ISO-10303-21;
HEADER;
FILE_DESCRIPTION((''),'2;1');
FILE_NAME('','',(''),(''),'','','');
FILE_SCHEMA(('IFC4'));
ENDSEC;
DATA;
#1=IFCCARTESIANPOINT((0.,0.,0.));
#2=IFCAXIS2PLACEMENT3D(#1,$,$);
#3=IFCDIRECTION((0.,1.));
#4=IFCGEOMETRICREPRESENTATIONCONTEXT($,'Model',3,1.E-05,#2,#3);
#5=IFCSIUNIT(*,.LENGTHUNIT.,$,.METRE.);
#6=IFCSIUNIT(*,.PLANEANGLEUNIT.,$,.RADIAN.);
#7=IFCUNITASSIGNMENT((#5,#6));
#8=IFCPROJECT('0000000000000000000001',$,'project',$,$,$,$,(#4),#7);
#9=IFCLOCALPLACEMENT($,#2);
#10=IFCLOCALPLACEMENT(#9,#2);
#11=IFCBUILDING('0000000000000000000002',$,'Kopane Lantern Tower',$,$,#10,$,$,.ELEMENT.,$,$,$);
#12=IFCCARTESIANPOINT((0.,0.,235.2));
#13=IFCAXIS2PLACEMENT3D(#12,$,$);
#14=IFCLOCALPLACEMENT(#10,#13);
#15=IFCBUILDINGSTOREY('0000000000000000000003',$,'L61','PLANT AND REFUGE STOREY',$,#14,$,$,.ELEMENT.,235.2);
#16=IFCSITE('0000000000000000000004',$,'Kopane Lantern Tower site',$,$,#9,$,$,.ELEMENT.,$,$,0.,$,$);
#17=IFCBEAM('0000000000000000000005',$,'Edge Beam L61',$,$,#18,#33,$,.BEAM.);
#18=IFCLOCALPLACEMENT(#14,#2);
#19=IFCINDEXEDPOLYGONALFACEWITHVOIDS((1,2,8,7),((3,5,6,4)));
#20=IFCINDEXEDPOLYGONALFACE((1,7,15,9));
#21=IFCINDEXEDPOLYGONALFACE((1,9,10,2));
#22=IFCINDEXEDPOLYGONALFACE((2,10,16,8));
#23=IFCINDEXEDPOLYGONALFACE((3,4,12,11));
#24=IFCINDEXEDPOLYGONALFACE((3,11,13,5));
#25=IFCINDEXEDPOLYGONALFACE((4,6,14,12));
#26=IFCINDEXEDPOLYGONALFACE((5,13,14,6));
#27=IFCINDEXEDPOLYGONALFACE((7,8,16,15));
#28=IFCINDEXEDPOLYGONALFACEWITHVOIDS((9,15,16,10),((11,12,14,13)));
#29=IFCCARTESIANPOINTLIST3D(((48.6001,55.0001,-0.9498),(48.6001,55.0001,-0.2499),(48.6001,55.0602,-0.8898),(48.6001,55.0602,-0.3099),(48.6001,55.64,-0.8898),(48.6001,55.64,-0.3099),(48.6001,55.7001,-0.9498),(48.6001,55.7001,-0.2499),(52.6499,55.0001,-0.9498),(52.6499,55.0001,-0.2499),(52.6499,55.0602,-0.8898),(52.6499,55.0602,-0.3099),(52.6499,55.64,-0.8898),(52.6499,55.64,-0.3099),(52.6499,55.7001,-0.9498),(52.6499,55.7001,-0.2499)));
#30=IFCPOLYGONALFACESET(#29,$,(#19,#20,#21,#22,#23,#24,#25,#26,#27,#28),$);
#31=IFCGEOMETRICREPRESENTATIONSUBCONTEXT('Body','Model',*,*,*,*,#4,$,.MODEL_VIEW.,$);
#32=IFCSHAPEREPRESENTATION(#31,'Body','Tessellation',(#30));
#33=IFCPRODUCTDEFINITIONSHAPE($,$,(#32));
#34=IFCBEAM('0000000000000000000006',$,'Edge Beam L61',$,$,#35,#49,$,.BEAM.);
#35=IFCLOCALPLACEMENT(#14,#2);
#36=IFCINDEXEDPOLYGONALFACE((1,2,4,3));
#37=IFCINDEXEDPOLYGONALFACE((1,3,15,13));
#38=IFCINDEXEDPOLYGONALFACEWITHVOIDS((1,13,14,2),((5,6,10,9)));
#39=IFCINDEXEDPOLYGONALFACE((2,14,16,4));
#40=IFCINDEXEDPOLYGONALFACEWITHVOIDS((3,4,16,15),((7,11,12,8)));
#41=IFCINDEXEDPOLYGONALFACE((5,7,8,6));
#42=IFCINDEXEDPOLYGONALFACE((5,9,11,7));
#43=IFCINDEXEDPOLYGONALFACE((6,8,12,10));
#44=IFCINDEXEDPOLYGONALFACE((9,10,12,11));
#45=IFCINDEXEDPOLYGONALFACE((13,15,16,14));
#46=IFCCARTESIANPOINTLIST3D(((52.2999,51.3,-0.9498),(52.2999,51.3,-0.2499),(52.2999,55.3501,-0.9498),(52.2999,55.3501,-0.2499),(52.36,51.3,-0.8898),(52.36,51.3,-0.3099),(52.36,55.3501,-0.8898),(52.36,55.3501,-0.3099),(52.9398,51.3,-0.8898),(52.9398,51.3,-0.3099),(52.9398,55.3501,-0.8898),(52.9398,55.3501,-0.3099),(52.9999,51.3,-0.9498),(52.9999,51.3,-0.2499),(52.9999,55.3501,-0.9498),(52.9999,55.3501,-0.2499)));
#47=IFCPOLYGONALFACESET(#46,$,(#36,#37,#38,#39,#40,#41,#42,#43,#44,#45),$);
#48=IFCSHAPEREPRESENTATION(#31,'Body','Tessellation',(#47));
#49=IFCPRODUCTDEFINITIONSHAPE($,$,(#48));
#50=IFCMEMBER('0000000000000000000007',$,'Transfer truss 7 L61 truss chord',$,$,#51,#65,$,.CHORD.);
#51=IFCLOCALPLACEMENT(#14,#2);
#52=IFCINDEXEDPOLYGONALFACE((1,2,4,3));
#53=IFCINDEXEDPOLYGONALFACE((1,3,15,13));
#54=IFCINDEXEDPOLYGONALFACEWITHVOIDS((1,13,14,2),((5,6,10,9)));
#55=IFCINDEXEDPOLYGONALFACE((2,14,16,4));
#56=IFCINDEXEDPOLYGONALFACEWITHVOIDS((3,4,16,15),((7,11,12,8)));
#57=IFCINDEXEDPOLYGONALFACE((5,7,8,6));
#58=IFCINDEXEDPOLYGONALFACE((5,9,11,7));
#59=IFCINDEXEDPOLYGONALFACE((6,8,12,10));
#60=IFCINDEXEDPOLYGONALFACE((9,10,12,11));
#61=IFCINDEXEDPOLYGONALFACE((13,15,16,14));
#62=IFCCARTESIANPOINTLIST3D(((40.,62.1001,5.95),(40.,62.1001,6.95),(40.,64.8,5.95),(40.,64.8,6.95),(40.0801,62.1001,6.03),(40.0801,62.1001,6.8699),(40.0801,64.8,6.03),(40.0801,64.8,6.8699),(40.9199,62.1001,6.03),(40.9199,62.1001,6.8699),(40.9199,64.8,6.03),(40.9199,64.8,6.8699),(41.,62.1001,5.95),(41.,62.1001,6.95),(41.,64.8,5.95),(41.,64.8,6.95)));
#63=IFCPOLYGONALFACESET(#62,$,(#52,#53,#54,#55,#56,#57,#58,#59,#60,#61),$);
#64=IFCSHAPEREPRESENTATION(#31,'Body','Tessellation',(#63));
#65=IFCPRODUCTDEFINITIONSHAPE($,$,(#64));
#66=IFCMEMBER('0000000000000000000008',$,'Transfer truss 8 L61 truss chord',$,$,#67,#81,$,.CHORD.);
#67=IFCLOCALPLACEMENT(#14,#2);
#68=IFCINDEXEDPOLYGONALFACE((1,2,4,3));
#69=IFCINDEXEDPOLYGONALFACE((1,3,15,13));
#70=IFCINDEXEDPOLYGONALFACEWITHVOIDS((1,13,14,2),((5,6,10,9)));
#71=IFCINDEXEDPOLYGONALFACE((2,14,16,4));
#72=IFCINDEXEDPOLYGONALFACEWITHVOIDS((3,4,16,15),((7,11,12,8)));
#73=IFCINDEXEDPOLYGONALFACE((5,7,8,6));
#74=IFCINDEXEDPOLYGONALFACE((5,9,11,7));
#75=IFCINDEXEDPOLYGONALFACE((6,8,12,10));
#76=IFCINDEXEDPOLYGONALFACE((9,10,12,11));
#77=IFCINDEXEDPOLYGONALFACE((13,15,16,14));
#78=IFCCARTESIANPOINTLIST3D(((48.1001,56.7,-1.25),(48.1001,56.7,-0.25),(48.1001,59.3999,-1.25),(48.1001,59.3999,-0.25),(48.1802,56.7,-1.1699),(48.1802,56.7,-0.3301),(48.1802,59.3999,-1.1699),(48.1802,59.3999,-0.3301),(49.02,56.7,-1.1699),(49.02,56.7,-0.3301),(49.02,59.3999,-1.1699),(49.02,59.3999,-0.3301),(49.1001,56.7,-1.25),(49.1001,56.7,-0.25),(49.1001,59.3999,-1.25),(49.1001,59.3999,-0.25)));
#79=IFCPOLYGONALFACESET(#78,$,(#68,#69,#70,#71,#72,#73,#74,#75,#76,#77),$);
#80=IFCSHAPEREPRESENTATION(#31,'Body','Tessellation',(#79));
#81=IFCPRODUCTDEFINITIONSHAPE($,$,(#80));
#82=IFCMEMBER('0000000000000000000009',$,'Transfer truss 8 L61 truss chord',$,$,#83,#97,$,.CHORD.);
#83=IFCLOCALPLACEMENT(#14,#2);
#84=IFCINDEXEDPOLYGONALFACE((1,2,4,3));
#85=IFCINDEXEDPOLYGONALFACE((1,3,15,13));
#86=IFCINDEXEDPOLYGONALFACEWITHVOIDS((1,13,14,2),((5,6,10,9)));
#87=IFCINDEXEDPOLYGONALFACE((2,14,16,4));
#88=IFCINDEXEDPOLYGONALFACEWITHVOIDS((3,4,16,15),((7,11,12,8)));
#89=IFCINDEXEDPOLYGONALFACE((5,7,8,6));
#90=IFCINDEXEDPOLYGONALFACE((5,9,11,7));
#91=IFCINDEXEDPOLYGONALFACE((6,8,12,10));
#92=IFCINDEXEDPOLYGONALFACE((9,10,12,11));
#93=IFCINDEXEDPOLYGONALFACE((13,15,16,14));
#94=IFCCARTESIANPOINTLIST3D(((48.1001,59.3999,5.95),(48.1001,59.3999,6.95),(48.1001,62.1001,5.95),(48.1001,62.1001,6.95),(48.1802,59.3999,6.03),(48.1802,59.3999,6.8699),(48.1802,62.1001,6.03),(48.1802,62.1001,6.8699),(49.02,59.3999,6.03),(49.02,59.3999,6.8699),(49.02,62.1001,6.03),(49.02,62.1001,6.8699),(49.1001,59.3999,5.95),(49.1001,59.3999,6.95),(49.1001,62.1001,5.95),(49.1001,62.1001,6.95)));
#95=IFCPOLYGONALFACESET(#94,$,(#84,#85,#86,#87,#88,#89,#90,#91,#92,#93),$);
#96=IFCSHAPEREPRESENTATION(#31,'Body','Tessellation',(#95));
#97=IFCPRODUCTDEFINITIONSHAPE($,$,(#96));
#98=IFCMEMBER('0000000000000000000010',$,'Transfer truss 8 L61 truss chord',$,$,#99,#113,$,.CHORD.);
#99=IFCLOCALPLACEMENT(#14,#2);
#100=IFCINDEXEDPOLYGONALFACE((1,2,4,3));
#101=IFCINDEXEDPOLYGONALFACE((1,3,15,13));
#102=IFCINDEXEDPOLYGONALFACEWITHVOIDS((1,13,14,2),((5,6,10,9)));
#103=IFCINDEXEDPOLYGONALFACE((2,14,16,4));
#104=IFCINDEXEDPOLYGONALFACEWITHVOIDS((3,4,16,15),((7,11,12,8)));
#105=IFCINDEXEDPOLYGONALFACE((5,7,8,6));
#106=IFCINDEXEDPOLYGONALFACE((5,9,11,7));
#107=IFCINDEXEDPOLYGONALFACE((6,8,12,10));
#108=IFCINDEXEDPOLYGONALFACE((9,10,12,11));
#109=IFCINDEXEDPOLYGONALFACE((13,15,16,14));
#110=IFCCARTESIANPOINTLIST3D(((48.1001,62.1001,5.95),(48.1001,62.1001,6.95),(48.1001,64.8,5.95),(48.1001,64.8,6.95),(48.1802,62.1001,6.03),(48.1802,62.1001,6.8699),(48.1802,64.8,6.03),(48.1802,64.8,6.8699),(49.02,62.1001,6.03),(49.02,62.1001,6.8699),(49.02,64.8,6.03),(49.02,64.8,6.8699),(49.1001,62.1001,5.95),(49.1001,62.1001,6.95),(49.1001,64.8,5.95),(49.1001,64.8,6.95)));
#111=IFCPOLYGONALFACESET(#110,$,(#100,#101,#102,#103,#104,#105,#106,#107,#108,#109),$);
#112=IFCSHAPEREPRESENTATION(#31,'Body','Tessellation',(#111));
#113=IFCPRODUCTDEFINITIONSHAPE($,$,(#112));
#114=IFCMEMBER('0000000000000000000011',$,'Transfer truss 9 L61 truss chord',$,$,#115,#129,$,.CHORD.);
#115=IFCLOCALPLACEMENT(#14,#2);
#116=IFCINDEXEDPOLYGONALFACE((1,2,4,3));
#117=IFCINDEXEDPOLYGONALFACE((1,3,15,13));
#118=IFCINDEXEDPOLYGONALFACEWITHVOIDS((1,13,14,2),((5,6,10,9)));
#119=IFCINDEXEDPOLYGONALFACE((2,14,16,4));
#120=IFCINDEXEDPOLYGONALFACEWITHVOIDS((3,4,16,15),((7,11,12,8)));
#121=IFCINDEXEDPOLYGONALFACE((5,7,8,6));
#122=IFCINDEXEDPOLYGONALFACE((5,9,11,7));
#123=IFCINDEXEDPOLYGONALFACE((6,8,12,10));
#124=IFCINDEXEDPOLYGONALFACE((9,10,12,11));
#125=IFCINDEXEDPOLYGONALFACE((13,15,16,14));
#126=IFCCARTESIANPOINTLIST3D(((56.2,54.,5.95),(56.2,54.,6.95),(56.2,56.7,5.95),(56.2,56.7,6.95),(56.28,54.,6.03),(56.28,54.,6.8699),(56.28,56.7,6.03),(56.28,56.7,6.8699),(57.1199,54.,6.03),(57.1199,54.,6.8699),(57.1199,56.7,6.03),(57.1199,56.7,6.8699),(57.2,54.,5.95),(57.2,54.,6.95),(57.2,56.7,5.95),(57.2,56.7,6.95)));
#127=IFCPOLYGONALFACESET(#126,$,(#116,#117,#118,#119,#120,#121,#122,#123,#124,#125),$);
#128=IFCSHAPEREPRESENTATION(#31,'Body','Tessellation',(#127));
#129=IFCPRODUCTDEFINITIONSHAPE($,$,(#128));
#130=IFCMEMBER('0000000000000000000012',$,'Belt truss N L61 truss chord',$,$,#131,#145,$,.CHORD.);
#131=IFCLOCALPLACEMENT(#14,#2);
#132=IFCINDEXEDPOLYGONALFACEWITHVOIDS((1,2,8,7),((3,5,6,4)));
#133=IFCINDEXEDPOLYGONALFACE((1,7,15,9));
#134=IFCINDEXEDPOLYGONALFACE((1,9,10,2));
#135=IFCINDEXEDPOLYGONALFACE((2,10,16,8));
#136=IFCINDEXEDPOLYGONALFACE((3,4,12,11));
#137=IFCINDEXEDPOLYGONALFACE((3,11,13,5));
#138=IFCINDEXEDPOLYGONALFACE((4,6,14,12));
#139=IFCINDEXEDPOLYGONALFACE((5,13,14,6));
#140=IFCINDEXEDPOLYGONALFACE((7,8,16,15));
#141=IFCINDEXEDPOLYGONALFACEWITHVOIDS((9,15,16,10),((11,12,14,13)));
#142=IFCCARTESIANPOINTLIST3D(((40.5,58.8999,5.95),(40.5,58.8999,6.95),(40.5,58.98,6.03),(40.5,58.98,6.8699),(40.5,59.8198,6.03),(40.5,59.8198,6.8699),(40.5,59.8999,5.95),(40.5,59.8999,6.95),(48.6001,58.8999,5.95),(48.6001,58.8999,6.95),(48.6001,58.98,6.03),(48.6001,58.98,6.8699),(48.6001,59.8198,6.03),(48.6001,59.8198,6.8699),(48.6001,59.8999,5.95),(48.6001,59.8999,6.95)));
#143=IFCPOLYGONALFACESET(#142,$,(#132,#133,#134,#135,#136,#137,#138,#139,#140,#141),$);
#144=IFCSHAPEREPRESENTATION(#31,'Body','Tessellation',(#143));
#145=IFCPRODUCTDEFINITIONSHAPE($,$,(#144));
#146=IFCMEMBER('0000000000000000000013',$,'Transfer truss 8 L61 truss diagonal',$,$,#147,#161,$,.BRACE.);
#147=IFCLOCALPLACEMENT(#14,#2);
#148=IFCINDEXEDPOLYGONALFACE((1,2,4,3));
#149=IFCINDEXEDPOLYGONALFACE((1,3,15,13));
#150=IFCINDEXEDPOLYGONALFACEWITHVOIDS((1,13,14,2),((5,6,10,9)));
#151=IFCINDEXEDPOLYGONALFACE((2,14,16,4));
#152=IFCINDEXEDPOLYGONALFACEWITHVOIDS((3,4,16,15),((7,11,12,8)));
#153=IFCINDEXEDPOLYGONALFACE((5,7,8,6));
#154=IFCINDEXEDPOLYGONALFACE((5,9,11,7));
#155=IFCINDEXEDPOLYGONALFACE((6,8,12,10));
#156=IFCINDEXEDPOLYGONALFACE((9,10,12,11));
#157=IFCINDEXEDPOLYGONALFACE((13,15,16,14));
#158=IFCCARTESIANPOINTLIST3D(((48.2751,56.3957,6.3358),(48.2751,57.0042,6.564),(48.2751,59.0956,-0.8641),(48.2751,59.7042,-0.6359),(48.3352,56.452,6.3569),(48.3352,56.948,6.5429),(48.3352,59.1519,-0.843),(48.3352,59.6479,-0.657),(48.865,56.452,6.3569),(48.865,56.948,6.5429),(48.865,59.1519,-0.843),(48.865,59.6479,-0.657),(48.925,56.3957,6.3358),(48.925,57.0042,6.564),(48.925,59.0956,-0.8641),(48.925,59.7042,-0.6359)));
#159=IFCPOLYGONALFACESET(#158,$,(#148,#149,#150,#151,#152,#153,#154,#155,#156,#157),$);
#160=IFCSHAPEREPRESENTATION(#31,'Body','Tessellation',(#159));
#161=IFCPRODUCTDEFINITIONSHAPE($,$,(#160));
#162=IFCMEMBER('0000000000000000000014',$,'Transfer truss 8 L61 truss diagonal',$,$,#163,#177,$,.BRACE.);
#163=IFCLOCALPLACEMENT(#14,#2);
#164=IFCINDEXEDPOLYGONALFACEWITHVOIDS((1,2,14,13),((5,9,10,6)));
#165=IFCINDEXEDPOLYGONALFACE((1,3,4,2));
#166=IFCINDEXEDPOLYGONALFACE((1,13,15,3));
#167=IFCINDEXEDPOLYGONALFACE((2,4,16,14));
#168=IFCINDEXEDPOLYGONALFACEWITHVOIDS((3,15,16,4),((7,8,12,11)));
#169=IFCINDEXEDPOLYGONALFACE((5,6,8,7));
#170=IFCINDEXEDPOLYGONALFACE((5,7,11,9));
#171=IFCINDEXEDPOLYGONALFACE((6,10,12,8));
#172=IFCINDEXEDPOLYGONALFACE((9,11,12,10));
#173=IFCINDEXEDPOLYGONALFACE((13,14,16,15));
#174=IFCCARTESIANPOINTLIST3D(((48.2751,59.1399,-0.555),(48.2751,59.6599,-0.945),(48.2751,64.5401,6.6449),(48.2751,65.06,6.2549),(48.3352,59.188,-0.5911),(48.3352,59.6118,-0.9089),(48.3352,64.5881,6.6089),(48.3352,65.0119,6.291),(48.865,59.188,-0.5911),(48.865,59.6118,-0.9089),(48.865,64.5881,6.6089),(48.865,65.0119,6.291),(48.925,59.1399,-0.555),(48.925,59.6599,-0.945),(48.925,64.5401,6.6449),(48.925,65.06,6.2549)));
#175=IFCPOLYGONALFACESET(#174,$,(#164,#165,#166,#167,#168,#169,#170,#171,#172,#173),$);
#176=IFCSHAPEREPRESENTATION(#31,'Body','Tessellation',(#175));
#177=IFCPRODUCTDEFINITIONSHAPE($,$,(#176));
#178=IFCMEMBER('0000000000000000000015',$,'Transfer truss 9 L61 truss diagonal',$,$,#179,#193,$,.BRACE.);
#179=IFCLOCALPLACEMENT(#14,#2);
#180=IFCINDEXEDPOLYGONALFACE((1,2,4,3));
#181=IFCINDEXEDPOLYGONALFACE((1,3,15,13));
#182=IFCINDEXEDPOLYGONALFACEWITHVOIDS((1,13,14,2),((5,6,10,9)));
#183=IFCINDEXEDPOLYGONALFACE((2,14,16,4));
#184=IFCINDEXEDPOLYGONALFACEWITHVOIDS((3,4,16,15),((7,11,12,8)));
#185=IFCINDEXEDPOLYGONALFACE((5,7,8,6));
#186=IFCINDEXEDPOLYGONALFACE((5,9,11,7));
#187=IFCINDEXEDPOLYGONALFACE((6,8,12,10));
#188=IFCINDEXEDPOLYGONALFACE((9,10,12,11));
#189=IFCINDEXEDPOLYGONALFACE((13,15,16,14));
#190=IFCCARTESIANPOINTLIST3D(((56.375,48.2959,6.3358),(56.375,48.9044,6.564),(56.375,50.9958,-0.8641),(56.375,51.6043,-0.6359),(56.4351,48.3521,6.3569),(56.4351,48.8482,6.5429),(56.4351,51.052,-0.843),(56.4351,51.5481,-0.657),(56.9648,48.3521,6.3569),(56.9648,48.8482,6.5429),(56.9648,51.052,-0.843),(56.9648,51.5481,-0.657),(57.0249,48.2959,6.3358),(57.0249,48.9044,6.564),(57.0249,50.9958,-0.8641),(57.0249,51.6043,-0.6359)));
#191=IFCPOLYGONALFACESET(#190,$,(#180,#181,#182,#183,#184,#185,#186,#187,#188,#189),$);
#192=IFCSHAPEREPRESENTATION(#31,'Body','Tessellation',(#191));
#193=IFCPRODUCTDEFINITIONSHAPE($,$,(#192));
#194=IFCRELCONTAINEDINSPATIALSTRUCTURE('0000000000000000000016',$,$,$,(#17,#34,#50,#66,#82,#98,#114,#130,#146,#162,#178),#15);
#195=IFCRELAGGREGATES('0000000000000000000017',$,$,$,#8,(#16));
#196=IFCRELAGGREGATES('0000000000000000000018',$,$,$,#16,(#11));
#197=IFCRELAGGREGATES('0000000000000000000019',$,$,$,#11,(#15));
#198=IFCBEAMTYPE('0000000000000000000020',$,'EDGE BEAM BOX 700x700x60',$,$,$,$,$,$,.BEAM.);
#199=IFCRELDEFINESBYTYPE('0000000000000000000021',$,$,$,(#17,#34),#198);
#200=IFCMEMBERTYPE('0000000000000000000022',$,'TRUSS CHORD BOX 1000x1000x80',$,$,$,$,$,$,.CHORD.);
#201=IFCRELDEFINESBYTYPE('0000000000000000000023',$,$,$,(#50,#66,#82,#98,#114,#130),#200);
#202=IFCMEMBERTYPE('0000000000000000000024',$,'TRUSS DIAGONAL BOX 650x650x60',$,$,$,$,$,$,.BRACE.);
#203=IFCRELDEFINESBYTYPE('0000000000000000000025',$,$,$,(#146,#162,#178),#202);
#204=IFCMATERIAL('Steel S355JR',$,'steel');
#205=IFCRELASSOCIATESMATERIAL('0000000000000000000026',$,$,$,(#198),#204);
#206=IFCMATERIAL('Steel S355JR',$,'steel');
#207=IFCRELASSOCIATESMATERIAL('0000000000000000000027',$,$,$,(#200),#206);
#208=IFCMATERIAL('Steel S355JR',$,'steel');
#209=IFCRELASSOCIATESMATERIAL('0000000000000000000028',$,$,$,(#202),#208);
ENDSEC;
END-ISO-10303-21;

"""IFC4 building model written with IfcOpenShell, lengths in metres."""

from ifc_helpers import new_model, si_unit, direction, frame, origin, origin_2d, place, context, subcontext, project, spatial, hollow_rectangle, extrude, material, material_profile, profile_set, type_object, element, save


model = new_model("IFC4")

# Units and contexts
model_context = context("Model", 3, precision=1e-05, world=origin(), true_north=direction((0.0, 1.0)))
body_context = subcontext(model_context, "Body", "Model", "MODEL_VIEW")
ifc_project = project(units=[si_unit("LENGTHUNIT", "METRE"), si_unit("PLANEANGLEUNIT", "RADIAN")], contexts=[model_context])

# Site, building, storey
site_placement = place(None, origin())
site = spatial("IfcSite", under=ifc_project, at=site_placement, Name="Kopane Lantern Tower site", CompositionType="ELEMENT", RefElevation=0.0)
building_placement = place(site_placement, origin())
building = spatial("IfcBuilding", under=site, at=building_placement, Name="Kopane Lantern Tower", CompositionType="ELEMENT")
storey_placement = place(building_placement, frame((0.0, 0.0, 235.2)))
storey = spatial("IfcBuildingStorey", under=building, at=storey_placement, Name="L61", Description="PLANT AND REFUGE STOREY", CompositionType="ELEMENT", Elevation=235.2)

# Beams
ifc_material_1 = material(Name="Steel S355JR", Category="steel")
ifc_material_profile_1 = material_profile(ifc_material_1, hollow_rectangle(XDim=0.7, YDim=0.7, WallThickness=0.0601, at=origin_2d()), Name="BOX 700x700x60")
ifc_profile_set_1 = profile_set([ifc_material_profile_1], Name="Steel S355JR")
beam_type = type_object("IfcBeamType", Name="EDGE BEAM BOX 700x700x60", PredefinedType="BEAM", material=ifc_profile_set_1)
beam_1_placement = place(storey_placement, frame((52.6499, 55.3501, -0.5999), z_axis=(-1.0, 0.0, 0.0), x_axis=(0.0, -1.0, 0.0)))
element("IfcBeam", 1, at=beam_1_placement, inside=storey, type_object=beam_type, Name="Edge Beam L61", PredefinedType="BEAM", context=body_context, shape_type="SweptSolid", body=[
    extrude(hollow_rectangle(XDim=0.7, YDim=0.7, WallThickness=0.0601, at=origin_2d()), origin(), (0.0, 0.0, 1.0), 4.0498),
])
beam_2_placement = place(storey_placement, frame((52.6499, 55.3501, -0.5999), z_axis=(0.0, -1.0, 0.0), x_axis=(1.0, 0.0, 0.0)))
element("IfcBeam", 2, at=beam_2_placement, inside=storey, type_object=beam_type, Name="Edge Beam L61", PredefinedType="BEAM", context=body_context, shape_type="SweptSolid", body=[
    extrude(hollow_rectangle(XDim=0.7, YDim=0.7, WallThickness=0.0601, at=origin_2d()), origin(), (0.0, 0.0, 1.0), 4.05),
])

# Members
ifc_material_2 = material(Name="Steel S355JR", Category="steel")
ifc_material_profile_2 = material_profile(ifc_material_2, hollow_rectangle(XDim=1.0, YDim=1.0, WallThickness=0.0801, at=origin_2d()), Name="BOX 1000x1000x80")
ifc_profile_set_2 = profile_set([ifc_material_profile_2], Name="Steel S355JR")
member_type_1 = type_object("IfcMemberType", Name="TRUSS CHORD BOX 1000x1000x80", PredefinedType="CHORD", material=ifc_profile_set_2)
for number, where, z_axis, x_axis, name in (
    (3, (40.5, 62.1001, 6.45), (0.0, 1.0, 0.0), (-1.0, 0.0, 0.0), "Transfer truss 7 L61 truss chord"),
    (4, (48.6001, 56.7, -0.75), (0.0, 1.0, 0.0), (-1.0, 0.0, 0.0), "Transfer truss 8 L61 truss chord"),
):
    element("IfcMember", number, at=place(storey_placement, frame(where, z_axis=z_axis, x_axis=x_axis)), inside=storey, type_object=member_type_1, Name=name, PredefinedType="CHORD", context=body_context, shape_type="SweptSolid", body=[
        extrude(hollow_rectangle(XDim=1.0, YDim=1.0, WallThickness=0.0801, at=origin_2d()), origin(), (0.0, 0.0, 1.0), 2.7),
    ])
member_1_placement = place(storey_placement, frame((48.6001, 59.3999, 6.45), z_axis=(0.0, 1.0, 0.0), x_axis=(-1.0, 0.0, 0.0)))
element("IfcMember", 5, at=member_1_placement, inside=storey, type_object=member_type_1, Name="Transfer truss 8 L61 truss chord", PredefinedType="CHORD", context=body_context, shape_type="SweptSolid", body=[
    extrude(hollow_rectangle(XDim=1.0, YDim=1.0, WallThickness=0.0801, at=origin_2d()), origin(), (0.0, 0.0, 1.0), 2.7002),
])
for number, where, z_axis, x_axis, name in (
    (6, (48.6001, 62.1001, 6.45), (0.0, 1.0, 0.0), (-1.0, 0.0, 0.0), "Transfer truss 8 L61 truss chord"),
    (7, (56.7, 54.0, 6.45), (0.0, 1.0, 0.0), (-1.0, 0.0, 0.0), "Transfer truss 9 L61 truss chord"),
):
    element("IfcMember", number, at=place(storey_placement, frame(where, z_axis=z_axis, x_axis=x_axis)), inside=storey, type_object=member_type_1, Name=name, PredefinedType="CHORD", context=body_context, shape_type="SweptSolid", body=[
        extrude(hollow_rectangle(XDim=1.0, YDim=1.0, WallThickness=0.0801, at=origin_2d()), origin(), (0.0, 0.0, 1.0), 2.7),
    ])
member_2_placement = place(storey_placement, frame((40.5, 59.3999, 6.45), z_axis=(1.0, 0.0, 0.0), x_axis=(0.0, 1.0, 0.0)))
element("IfcMember", 8, at=member_2_placement, inside=storey, type_object=member_type_1, Name="Belt truss N L61 truss chord", PredefinedType="CHORD", context=body_context, shape_type="SweptSolid", body=[
    extrude(hollow_rectangle(XDim=1.0, YDim=1.0, WallThickness=0.0801, at=origin_2d()), origin(), (0.0, 0.0, 1.0), 8.1001),
])
ifc_material_3 = material(Name="Steel S355JR", Category="steel")
ifc_material_profile_3 = material_profile(ifc_material_3, hollow_rectangle(XDim=0.6499, YDim=0.6499, WallThickness=0.0601, at=origin_2d()), Name="BOX 650x650x60")
ifc_profile_set_3 = profile_set([ifc_material_profile_3], Name="Steel S355JR")
member_type_2 = type_object("IfcMemberType", Name="TRUSS DIAGONAL BOX 650x650x60", PredefinedType="BRACE", material=ifc_profile_set_3)
member_3_placement = place(storey_placement, frame((48.6001, 59.3999, -0.75), z_axis=(0.0, -0.35112, 0.93633), x_axis=(1.0, 0.0, 0.0)))
element("IfcMember", 9, at=member_3_placement, inside=storey, type_object=member_type_2, Name="Transfer truss 8 L61 truss diagonal", PredefinedType="BRACE", context=body_context, shape_type="SweptSolid", body=[
    extrude(hollow_rectangle(XDim=0.6499, YDim=0.6499, WallThickness=0.0601, at=origin_2d()), origin(), (0.0, 0.0, 1.0), 7.6895),
])
member_4_placement = place(storey_placement, frame((48.6001, 59.3999, -0.75), z_axis=(0.0, 0.600013, 0.79999), x_axis=(-1.0, 0.0, 0.0)))
element("IfcMember", 10, at=member_4_placement, inside=storey, type_object=member_type_2, Name="Transfer truss 8 L61 truss diagonal", PredefinedType="BRACE", context=body_context, shape_type="SweptSolid", body=[
    extrude(hollow_rectangle(XDim=0.6499, YDim=0.6499, WallThickness=0.0601, at=origin_2d()), origin(), (0.0, 0.0, 1.0), 9.0),
])
member_5_placement = place(storey_placement, frame((56.7, 51.3, -0.75), z_axis=(0.0, -0.35112, 0.93633), x_axis=(1.0, 0.0, 0.0)))
element("IfcMember", 11, at=member_5_placement, inside=storey, type_object=member_type_2, Name="Transfer truss 9 L61 truss diagonal", PredefinedType="BRACE", context=body_context, shape_type="SweptSolid", body=[
    extrude(hollow_rectangle(XDim=0.6499, YDim=0.6499, WallThickness=0.0601, at=origin_2d()), origin(), (0.0, 0.0, 1.0), 7.6895),
])

save(model, "model.ifc")
